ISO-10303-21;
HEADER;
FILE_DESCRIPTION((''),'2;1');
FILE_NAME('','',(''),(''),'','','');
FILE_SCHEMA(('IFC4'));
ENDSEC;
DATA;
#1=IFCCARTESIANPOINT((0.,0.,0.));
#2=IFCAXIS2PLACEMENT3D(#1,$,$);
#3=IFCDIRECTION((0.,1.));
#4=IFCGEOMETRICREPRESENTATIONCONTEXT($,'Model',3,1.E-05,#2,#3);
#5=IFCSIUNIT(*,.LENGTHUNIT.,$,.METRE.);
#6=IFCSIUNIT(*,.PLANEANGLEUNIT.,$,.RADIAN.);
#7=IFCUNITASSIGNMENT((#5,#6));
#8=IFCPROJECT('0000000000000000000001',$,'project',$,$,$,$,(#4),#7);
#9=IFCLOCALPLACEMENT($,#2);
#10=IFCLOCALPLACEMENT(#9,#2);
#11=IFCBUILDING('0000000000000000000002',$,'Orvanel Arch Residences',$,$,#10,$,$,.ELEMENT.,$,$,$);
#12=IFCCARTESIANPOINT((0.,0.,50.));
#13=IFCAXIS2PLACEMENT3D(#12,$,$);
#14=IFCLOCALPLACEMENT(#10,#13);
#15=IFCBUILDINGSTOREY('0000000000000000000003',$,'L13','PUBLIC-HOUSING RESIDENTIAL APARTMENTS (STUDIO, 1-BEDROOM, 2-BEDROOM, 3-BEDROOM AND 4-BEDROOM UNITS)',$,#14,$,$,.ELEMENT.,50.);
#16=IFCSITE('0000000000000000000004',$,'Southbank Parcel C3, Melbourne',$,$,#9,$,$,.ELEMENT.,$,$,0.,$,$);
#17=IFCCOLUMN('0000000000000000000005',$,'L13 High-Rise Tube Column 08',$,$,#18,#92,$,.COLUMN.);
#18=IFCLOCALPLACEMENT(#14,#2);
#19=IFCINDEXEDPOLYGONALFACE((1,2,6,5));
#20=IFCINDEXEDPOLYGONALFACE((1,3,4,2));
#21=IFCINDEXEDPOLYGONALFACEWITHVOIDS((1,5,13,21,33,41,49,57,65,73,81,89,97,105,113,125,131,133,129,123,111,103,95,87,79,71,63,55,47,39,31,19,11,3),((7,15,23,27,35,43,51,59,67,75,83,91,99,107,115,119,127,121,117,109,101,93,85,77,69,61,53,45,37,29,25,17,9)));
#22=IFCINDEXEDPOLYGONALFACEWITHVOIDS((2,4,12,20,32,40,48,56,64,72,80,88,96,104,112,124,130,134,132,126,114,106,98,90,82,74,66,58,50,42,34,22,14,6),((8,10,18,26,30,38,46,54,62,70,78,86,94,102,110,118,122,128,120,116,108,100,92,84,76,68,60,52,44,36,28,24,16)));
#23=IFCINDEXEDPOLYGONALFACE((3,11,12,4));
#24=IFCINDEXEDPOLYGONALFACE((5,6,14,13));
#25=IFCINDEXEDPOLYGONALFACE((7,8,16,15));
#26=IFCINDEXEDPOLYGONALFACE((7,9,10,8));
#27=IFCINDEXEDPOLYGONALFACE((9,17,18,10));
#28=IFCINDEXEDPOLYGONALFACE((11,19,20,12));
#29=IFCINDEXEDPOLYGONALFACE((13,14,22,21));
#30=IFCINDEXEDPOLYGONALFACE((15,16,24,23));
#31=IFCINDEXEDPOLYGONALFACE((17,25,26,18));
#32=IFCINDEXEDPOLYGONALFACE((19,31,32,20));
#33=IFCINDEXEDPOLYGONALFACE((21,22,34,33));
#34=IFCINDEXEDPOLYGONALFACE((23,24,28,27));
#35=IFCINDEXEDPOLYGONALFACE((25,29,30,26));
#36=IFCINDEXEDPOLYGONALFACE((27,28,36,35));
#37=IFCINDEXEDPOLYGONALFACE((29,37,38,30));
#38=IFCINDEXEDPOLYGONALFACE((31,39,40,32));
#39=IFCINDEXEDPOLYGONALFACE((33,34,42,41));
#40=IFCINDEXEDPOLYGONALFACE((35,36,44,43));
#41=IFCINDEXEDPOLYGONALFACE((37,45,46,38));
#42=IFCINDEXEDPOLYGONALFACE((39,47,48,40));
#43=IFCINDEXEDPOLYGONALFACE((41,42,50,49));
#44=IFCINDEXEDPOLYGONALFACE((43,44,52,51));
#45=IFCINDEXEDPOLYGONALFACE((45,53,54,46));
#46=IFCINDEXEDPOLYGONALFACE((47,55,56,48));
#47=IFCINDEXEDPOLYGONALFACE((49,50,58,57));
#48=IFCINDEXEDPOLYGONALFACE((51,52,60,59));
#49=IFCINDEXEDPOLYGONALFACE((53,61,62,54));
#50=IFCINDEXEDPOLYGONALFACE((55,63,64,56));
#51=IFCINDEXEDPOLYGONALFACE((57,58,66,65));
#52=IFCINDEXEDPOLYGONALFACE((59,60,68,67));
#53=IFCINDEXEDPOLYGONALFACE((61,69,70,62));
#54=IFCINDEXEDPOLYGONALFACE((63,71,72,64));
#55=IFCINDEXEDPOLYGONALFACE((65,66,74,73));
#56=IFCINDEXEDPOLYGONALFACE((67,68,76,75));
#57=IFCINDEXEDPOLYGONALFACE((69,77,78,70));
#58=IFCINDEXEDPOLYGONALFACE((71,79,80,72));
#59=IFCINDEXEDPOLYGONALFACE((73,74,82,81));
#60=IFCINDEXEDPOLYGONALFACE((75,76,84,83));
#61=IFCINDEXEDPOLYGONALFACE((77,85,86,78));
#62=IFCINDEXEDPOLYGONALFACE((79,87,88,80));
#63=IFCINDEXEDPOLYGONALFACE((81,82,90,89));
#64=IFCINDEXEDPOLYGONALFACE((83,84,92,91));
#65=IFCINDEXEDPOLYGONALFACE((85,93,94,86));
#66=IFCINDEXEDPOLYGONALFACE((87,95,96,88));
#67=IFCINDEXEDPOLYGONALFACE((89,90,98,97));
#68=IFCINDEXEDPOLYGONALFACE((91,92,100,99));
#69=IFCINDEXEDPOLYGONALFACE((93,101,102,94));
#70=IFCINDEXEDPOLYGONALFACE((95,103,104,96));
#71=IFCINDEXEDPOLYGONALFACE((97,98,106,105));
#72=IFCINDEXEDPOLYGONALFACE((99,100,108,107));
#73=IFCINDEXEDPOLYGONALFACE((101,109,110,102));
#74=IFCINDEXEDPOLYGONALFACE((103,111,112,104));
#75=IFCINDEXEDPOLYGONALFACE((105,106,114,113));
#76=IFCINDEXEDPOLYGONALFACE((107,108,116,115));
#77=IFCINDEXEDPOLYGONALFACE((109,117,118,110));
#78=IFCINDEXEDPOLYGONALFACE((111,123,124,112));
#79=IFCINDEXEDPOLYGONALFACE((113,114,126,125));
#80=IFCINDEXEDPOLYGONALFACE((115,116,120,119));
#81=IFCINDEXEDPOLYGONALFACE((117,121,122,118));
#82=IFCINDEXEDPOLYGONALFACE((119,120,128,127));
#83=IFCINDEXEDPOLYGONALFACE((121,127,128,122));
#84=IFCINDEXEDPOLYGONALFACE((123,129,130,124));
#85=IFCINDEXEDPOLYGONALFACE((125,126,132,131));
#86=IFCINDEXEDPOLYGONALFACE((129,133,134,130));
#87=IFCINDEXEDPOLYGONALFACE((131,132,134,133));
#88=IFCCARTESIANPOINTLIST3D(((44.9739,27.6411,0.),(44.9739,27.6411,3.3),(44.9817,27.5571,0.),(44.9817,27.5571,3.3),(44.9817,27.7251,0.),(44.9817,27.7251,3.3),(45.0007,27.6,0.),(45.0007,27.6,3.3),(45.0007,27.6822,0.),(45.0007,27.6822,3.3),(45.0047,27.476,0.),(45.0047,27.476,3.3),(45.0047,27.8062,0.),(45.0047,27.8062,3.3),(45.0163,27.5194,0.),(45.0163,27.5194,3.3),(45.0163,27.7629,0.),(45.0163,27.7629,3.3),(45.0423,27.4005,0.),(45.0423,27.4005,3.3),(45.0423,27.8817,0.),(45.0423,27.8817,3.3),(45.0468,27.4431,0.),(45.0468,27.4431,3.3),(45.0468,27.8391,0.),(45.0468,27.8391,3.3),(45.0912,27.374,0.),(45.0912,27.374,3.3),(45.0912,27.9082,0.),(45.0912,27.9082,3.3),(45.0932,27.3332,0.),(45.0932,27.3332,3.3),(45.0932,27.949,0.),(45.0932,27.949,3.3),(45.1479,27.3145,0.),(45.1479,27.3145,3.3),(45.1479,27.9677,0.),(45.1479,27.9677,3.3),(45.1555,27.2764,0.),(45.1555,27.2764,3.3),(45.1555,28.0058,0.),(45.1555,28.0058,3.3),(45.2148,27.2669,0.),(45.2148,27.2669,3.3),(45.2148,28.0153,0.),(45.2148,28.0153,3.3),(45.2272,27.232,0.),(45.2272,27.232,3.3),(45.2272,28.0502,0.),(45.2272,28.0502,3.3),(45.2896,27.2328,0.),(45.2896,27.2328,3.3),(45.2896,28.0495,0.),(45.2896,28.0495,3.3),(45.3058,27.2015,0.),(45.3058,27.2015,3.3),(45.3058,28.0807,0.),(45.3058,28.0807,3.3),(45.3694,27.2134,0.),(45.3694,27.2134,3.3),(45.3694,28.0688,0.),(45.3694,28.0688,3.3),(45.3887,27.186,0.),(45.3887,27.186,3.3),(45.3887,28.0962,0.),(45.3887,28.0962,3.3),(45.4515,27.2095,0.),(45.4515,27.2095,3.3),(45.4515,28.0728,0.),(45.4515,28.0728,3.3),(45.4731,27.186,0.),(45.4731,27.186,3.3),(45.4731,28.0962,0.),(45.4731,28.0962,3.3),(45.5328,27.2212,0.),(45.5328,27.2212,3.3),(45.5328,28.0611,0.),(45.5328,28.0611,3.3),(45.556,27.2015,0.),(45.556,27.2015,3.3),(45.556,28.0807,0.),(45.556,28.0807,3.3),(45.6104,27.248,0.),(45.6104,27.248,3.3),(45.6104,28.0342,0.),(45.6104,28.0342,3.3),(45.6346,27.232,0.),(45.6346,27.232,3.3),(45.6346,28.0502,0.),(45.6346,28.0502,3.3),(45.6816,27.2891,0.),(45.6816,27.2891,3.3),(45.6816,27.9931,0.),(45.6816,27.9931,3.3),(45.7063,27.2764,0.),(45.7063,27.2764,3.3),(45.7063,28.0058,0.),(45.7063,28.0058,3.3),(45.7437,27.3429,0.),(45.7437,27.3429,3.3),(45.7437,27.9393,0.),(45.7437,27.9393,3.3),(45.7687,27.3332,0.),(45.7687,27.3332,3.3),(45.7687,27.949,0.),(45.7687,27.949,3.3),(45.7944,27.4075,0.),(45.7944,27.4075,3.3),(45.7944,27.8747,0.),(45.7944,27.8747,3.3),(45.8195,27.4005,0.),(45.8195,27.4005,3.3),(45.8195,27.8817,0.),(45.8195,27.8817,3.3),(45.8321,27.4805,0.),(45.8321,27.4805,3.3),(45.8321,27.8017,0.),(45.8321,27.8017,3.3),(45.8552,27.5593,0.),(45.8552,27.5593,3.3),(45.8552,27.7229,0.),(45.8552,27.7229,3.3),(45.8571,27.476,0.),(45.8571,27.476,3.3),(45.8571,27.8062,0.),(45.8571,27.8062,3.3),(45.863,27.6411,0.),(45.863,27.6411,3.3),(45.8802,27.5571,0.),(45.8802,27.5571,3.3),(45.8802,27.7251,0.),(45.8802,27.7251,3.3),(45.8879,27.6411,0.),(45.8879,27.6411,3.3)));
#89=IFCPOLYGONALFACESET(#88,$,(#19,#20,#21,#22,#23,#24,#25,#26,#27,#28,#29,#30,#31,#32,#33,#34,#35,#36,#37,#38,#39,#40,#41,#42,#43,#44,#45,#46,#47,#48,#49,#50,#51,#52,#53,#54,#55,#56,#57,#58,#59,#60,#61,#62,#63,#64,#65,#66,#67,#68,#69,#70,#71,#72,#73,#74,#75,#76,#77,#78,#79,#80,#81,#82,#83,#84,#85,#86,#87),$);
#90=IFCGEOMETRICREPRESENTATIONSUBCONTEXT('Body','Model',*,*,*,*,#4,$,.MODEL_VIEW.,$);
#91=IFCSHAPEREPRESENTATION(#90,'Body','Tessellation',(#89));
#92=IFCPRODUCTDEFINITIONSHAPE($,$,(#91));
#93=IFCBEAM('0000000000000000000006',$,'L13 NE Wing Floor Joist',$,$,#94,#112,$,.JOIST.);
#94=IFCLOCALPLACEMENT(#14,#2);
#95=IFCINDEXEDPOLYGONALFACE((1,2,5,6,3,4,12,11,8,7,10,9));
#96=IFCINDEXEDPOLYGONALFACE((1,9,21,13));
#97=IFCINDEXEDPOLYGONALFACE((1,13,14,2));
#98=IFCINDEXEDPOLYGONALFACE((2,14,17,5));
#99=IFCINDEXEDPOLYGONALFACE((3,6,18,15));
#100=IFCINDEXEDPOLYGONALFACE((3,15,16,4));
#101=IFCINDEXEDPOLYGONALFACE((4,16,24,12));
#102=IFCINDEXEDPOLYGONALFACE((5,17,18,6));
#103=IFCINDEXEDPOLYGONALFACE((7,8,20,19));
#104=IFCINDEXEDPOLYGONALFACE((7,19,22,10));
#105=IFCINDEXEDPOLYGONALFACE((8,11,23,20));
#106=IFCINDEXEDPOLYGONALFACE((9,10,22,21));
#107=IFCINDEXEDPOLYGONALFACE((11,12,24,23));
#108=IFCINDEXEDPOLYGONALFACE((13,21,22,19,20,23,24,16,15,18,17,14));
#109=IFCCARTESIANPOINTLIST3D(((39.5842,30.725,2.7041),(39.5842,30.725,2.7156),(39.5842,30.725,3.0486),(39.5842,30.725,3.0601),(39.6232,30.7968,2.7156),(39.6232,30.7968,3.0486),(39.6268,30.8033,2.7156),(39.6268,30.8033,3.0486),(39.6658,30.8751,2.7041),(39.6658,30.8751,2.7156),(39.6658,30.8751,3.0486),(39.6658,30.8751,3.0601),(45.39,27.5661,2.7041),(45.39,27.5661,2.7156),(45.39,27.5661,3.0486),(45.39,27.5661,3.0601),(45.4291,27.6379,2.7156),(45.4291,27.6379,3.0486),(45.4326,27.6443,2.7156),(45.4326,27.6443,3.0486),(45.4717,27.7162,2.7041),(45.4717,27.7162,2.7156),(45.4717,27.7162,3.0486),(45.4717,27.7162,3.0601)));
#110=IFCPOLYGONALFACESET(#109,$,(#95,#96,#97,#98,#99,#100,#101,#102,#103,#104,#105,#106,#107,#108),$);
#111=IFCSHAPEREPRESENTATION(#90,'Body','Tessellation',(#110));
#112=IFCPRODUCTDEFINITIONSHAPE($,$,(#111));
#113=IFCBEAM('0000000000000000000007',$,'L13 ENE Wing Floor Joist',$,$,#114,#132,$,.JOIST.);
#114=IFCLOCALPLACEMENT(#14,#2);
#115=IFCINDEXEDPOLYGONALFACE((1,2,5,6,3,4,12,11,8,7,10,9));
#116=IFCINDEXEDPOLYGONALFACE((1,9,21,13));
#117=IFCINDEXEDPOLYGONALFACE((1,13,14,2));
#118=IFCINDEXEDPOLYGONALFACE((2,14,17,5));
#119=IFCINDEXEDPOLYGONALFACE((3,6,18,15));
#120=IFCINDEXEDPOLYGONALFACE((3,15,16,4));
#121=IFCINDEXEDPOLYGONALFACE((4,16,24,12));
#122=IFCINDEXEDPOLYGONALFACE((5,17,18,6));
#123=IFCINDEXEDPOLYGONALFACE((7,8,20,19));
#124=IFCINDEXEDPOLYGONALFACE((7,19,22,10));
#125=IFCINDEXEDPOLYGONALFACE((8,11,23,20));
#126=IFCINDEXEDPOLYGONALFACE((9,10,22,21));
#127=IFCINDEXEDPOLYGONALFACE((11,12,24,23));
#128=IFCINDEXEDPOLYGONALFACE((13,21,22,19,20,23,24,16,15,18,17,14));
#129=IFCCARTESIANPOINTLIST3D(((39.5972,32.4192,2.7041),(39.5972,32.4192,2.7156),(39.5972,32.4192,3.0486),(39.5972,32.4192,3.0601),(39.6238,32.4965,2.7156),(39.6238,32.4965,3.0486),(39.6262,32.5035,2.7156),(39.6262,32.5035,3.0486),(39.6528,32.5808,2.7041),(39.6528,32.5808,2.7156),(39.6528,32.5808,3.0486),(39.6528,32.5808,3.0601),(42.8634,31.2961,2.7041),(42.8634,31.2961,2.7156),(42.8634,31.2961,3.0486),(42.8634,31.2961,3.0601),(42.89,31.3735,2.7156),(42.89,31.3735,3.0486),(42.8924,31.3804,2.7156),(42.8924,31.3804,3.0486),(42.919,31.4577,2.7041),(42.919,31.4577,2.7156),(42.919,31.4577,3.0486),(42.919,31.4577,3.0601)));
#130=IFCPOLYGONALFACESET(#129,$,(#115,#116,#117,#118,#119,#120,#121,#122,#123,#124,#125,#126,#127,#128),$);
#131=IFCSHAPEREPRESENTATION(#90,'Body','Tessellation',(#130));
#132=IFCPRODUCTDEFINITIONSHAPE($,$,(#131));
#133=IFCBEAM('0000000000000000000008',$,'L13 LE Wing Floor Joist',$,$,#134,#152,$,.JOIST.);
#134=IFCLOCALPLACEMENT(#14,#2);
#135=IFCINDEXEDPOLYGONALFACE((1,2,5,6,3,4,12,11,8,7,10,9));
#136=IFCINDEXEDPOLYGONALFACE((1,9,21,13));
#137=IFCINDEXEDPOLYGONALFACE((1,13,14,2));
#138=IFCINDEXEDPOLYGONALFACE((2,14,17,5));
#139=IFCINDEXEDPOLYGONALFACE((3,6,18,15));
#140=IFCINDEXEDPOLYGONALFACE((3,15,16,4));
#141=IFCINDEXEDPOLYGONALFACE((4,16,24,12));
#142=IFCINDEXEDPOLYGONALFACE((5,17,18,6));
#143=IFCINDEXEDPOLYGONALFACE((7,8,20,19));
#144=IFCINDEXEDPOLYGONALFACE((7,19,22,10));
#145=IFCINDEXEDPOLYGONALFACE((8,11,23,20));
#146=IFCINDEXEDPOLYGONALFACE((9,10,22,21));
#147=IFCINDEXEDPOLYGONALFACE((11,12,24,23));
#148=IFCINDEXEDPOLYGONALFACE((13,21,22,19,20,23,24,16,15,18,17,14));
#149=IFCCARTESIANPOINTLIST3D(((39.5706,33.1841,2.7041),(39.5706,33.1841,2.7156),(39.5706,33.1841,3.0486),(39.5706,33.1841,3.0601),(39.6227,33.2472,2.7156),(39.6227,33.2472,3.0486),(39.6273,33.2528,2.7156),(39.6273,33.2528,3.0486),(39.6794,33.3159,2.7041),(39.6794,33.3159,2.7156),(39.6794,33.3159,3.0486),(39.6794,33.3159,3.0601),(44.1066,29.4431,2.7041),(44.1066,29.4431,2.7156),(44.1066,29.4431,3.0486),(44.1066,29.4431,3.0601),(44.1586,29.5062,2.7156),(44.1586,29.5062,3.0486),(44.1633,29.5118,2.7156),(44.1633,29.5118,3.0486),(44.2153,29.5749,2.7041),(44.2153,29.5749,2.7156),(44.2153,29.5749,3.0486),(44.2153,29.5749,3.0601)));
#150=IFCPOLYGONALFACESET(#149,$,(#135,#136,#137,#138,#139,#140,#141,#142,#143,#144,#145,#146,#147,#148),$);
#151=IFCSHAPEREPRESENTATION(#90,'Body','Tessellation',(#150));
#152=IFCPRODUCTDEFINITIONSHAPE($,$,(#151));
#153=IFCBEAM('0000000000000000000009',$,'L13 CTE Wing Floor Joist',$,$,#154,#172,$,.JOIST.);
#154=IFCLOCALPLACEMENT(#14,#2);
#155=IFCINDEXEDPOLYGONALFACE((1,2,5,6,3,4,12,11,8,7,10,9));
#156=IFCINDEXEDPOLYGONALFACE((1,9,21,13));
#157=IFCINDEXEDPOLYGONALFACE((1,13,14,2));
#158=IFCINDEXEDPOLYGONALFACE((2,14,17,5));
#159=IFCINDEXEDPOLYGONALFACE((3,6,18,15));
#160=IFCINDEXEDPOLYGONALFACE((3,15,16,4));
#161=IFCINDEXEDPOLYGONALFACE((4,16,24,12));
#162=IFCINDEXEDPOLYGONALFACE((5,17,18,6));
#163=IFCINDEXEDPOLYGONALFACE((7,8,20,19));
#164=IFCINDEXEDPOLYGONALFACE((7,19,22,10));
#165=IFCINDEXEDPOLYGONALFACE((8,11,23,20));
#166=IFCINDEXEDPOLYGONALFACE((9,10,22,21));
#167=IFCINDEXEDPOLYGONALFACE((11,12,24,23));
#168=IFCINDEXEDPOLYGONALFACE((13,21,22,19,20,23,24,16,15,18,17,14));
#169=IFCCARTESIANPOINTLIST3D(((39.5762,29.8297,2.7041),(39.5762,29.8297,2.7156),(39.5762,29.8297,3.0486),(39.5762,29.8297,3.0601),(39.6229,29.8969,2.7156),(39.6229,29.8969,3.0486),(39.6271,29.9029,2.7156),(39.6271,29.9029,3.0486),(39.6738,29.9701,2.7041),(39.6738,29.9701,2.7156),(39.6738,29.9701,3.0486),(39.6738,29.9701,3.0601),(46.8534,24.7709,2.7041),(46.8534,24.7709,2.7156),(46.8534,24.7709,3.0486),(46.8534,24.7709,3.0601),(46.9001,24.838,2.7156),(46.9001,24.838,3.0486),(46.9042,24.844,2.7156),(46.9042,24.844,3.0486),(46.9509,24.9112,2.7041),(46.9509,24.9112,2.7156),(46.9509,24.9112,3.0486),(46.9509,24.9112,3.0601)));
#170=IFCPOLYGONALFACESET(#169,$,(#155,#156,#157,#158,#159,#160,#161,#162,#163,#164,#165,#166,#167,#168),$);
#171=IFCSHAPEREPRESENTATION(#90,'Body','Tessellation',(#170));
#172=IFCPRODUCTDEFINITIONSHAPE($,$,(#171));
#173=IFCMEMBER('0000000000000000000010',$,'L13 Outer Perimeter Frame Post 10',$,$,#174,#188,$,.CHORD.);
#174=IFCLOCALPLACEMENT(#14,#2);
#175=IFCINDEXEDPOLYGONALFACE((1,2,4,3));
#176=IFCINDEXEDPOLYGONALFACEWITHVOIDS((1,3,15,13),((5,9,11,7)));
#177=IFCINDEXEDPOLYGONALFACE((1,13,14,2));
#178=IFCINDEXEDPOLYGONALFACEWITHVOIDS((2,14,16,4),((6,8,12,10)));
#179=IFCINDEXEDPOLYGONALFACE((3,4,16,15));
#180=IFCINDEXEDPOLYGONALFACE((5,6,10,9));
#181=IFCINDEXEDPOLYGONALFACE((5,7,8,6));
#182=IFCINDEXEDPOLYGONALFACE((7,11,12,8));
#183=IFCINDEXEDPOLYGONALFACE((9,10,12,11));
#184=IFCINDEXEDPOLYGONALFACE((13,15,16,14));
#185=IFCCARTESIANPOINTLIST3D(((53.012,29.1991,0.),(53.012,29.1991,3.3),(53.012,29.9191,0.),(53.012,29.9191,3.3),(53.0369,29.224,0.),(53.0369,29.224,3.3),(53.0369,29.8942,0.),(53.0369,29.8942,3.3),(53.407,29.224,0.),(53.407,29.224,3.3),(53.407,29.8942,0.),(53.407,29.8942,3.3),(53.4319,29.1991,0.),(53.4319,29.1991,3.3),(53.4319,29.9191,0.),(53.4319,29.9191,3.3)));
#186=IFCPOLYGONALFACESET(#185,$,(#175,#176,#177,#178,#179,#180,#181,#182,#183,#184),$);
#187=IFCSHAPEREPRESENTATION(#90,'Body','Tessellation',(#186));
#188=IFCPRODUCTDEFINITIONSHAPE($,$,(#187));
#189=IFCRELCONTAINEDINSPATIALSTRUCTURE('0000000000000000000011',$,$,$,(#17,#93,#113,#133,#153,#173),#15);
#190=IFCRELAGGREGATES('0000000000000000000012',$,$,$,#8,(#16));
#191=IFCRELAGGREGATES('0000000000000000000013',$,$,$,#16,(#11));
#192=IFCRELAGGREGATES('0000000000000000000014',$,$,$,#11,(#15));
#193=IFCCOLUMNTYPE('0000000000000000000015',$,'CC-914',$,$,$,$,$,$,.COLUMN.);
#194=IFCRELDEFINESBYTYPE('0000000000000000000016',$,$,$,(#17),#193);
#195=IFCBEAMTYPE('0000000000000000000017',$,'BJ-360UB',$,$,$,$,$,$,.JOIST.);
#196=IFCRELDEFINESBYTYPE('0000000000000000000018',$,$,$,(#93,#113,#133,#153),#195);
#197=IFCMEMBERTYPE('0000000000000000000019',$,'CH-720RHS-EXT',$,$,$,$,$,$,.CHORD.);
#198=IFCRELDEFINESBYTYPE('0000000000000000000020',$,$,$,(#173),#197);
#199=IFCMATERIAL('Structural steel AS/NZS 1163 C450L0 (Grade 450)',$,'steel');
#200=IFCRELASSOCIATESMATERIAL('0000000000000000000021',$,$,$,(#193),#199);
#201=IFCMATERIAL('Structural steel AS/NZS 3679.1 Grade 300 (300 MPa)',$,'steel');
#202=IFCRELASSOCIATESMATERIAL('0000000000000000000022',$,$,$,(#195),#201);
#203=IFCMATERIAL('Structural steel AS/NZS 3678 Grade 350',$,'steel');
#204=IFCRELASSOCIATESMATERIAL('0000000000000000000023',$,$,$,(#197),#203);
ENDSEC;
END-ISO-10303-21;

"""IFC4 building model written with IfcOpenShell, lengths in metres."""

from ifc_helpers import new_model, si_unit, direction, frame, origin, origin_2d, place, context, subcontext, project, spatial, hollow_rectangle, hollow_circle, i_section, extrude, material, material_profile, profile_set, type_object, element, save


model = new_model("IFC4")

# Units and contexts
model_context = context("Model", 3, precision=1e-05, world=origin(), true_north=direction((0.0, 1.0)))
body_context = subcontext(model_context, "Body", "Model", "MODEL_VIEW")
ifc_project = project(units=[si_unit("LENGTHUNIT", "METRE"), si_unit("PLANEANGLEUNIT", "RADIAN")], contexts=[model_context])

# Site, building, storey
site_placement = place(None, origin())
site = spatial("IfcSite", under=ifc_project, at=site_placement, Name="Southbank Parcel C3, Melbourne", CompositionType="ELEMENT", RefElevation=0.0)
building_placement = place(site_placement, origin())
building = spatial("IfcBuilding", under=site, at=building_placement, Name="Orvanel Arch Residences", CompositionType="ELEMENT")
storey_placement = place(building_placement, frame((0.0, 0.0, 50.0)))
storey = spatial("IfcBuildingStorey", under=building, at=storey_placement, Name="L13", Description="PUBLIC-HOUSING RESIDENTIAL APARTMENTS (STUDIO, 1-BEDROOM, 2-BEDROOM, 3-BEDROOM AND 4-BEDROOM UNITS)", CompositionType="ELEMENT", Elevation=50.0)

# Column
ifc_material_1 = material(Name="Structural steel AS/NZS 1163 C450L0 (Grade 450)", Category="steel")
ifc_material_profile_1 = material_profile(ifc_material_1, hollow_circle(Radius=0.457, WallThickness=0.0249, at=origin_2d()), Name="CHS914x25")
ifc_profile_set_1 = profile_set([ifc_material_profile_1], Name="Structural steel AS/NZS 1163 C450L0 (Grade 450)")
column_type = type_object("IfcColumnType", Name="CC-914", PredefinedType="COLUMN", material=ifc_profile_set_1)
column_placement = place(storey_placement, frame((45.4309, 27.6411, 0.0), z_axis=(0.0, 0.0, 1.0), x_axis=(1.0, 0.0, 0.0)))
element("IfcColumn", 1, at=column_placement, inside=storey, type_object=column_type, Name="L13 High-Rise Tube Column 08", PredefinedType="COLUMN", context=body_context, shape_type="SweptSolid", body=[
    extrude(hollow_circle(Radius=0.457, WallThickness=0.0249, at=origin_2d()), origin(), (0.0, 0.0, 1.0), 3.3),
])

# Beams
ifc_material_2 = material(Name="Structural steel AS/NZS 3679.1 Grade 300 (300 MPa)", Category="steel")
ifc_material_profile_2 = material_profile(ifc_material_2, i_section(OverallWidth=0.1709, OverallDepth=0.356, WebThickness=0.0073, FlangeThickness=0.0115, at=origin_2d()), Name="360UB50.7")
ifc_profile_set_2 = profile_set([ifc_material_profile_2], Name="Structural steel AS/NZS 3679.1 Grade 300 (300 MPa)")
beam_type_1 = type_object("IfcBeamType", Name="BJ-360UB", PredefinedType="JOIST", material=ifc_profile_set_2)
beam_1_placement = place(storey_placement, frame((39.625, 30.8, 2.8821), z_axis=(0.878399, -0.477928, 0.0), x_axis=(0.477928, 0.878399, 0.0)))
element("IfcBeam", 2, at=beam_1_placement, inside=storey, type_object=beam_type_1, Name="L13 NE Wing Floor Joist", PredefinedType="JOIST", context=body_context, shape_type="SweptSolid", body=[
    extrude(i_section(OverallWidth=0.1709, OverallDepth=0.356, WebThickness=0.0073, FlangeThickness=0.0115, at=origin_2d()), origin(), (0.0, 0.0, 1.0), 6.6096),
])
beam_2_placement = place(storey_placement, frame((39.625, 32.5, 2.8821), z_axis=(0.945658, -0.325163, 0.0), x_axis=(0.325163, 0.945658, 0.0)))
element("IfcBeam", 3, at=beam_2_placement, inside=storey, type_object=beam_type_1, Name="L13 ENE Wing Floor Joist", PredefinedType="JOIST", context=body_context, shape_type="SweptSolid", body=[
    extrude(i_section(OverallWidth=0.1709, OverallDepth=0.356, WebThickness=0.0073, FlangeThickness=0.0115, at=origin_2d()), origin(), (0.0, 0.0, 1.0), 3.4539),
])
beam_3_placement = place(storey_placement, frame((39.625, 33.25, 2.8821), z_axis=(0.771469, -0.636267, 0.0), x_axis=(0.636267, 0.771469, 0.0)))
element("IfcBeam", 4, at=beam_3_placement, inside=storey, type_object=beam_type_1, Name="L13 LE Wing Floor Joist", PredefinedType="JOIST", context=body_context, shape_type="SweptSolid", body=[
    extrude(i_section(OverallWidth=0.1709, OverallDepth=0.356, WebThickness=0.0073, FlangeThickness=0.0115, at=origin_2d()), origin(), (0.0, 0.0, 1.0), 5.8796),
])
beam_4_placement = place(storey_placement, frame((39.625, 29.8999, 2.8821), z_axis=(0.82109, -0.570799, 0.0), x_axis=(0.570799, 0.82109, 0.0)))
element("IfcBeam", 5, at=beam_4_placement, inside=storey, type_object=beam_type_1, Name="L13 CTE Wing Floor Joist", PredefinedType="JOIST", context=body_context, shape_type="SweptSolid", body=[
    extrude(i_section(OverallWidth=0.1709, OverallDepth=0.356, WebThickness=0.0073, FlangeThickness=0.0115, at=origin_2d()), origin(), (0.0, 0.0, 1.0), 8.8628),
])

# Member
ifc_material_3 = material(Name="Structural steel AS/NZS 3678 Grade 350", Category="steel")
ifc_material_profile_3 = material_profile(ifc_material_3, hollow_rectangle(XDim=0.4199, YDim=0.72, WallThickness=0.0249, at=origin_2d()), Name="RHS720x420x25")
ifc_profile_set_3 = profile_set([ifc_material_profile_3], Name="Structural steel AS/NZS 3678 Grade 350")
member_type_1 = type_object("IfcMemberType", Name="CH-720RHS-EXT", PredefinedType="CHORD", material=ifc_profile_set_3)
member_1_placement = place(storey_placement, frame((53.2219, 29.5591, 0.0), z_axis=(0.0, 0.0, 1.0), x_axis=(1.0, 0.0, 0.0)))
element("IfcMember", 6, at=member_1_placement, inside=storey, type_object=member_type_1, Name="L13 Outer Perimeter Frame Post 10", PredefinedType="CHORD", context=body_context, shape_type="SweptSolid", body=[
    extrude(hollow_rectangle(XDim=0.4199, YDim=0.72, WallThickness=0.0249, at=origin_2d()), origin(), (0.0, 0.0, 1.0), 3.3),
])

save(model, "model.ifc")
